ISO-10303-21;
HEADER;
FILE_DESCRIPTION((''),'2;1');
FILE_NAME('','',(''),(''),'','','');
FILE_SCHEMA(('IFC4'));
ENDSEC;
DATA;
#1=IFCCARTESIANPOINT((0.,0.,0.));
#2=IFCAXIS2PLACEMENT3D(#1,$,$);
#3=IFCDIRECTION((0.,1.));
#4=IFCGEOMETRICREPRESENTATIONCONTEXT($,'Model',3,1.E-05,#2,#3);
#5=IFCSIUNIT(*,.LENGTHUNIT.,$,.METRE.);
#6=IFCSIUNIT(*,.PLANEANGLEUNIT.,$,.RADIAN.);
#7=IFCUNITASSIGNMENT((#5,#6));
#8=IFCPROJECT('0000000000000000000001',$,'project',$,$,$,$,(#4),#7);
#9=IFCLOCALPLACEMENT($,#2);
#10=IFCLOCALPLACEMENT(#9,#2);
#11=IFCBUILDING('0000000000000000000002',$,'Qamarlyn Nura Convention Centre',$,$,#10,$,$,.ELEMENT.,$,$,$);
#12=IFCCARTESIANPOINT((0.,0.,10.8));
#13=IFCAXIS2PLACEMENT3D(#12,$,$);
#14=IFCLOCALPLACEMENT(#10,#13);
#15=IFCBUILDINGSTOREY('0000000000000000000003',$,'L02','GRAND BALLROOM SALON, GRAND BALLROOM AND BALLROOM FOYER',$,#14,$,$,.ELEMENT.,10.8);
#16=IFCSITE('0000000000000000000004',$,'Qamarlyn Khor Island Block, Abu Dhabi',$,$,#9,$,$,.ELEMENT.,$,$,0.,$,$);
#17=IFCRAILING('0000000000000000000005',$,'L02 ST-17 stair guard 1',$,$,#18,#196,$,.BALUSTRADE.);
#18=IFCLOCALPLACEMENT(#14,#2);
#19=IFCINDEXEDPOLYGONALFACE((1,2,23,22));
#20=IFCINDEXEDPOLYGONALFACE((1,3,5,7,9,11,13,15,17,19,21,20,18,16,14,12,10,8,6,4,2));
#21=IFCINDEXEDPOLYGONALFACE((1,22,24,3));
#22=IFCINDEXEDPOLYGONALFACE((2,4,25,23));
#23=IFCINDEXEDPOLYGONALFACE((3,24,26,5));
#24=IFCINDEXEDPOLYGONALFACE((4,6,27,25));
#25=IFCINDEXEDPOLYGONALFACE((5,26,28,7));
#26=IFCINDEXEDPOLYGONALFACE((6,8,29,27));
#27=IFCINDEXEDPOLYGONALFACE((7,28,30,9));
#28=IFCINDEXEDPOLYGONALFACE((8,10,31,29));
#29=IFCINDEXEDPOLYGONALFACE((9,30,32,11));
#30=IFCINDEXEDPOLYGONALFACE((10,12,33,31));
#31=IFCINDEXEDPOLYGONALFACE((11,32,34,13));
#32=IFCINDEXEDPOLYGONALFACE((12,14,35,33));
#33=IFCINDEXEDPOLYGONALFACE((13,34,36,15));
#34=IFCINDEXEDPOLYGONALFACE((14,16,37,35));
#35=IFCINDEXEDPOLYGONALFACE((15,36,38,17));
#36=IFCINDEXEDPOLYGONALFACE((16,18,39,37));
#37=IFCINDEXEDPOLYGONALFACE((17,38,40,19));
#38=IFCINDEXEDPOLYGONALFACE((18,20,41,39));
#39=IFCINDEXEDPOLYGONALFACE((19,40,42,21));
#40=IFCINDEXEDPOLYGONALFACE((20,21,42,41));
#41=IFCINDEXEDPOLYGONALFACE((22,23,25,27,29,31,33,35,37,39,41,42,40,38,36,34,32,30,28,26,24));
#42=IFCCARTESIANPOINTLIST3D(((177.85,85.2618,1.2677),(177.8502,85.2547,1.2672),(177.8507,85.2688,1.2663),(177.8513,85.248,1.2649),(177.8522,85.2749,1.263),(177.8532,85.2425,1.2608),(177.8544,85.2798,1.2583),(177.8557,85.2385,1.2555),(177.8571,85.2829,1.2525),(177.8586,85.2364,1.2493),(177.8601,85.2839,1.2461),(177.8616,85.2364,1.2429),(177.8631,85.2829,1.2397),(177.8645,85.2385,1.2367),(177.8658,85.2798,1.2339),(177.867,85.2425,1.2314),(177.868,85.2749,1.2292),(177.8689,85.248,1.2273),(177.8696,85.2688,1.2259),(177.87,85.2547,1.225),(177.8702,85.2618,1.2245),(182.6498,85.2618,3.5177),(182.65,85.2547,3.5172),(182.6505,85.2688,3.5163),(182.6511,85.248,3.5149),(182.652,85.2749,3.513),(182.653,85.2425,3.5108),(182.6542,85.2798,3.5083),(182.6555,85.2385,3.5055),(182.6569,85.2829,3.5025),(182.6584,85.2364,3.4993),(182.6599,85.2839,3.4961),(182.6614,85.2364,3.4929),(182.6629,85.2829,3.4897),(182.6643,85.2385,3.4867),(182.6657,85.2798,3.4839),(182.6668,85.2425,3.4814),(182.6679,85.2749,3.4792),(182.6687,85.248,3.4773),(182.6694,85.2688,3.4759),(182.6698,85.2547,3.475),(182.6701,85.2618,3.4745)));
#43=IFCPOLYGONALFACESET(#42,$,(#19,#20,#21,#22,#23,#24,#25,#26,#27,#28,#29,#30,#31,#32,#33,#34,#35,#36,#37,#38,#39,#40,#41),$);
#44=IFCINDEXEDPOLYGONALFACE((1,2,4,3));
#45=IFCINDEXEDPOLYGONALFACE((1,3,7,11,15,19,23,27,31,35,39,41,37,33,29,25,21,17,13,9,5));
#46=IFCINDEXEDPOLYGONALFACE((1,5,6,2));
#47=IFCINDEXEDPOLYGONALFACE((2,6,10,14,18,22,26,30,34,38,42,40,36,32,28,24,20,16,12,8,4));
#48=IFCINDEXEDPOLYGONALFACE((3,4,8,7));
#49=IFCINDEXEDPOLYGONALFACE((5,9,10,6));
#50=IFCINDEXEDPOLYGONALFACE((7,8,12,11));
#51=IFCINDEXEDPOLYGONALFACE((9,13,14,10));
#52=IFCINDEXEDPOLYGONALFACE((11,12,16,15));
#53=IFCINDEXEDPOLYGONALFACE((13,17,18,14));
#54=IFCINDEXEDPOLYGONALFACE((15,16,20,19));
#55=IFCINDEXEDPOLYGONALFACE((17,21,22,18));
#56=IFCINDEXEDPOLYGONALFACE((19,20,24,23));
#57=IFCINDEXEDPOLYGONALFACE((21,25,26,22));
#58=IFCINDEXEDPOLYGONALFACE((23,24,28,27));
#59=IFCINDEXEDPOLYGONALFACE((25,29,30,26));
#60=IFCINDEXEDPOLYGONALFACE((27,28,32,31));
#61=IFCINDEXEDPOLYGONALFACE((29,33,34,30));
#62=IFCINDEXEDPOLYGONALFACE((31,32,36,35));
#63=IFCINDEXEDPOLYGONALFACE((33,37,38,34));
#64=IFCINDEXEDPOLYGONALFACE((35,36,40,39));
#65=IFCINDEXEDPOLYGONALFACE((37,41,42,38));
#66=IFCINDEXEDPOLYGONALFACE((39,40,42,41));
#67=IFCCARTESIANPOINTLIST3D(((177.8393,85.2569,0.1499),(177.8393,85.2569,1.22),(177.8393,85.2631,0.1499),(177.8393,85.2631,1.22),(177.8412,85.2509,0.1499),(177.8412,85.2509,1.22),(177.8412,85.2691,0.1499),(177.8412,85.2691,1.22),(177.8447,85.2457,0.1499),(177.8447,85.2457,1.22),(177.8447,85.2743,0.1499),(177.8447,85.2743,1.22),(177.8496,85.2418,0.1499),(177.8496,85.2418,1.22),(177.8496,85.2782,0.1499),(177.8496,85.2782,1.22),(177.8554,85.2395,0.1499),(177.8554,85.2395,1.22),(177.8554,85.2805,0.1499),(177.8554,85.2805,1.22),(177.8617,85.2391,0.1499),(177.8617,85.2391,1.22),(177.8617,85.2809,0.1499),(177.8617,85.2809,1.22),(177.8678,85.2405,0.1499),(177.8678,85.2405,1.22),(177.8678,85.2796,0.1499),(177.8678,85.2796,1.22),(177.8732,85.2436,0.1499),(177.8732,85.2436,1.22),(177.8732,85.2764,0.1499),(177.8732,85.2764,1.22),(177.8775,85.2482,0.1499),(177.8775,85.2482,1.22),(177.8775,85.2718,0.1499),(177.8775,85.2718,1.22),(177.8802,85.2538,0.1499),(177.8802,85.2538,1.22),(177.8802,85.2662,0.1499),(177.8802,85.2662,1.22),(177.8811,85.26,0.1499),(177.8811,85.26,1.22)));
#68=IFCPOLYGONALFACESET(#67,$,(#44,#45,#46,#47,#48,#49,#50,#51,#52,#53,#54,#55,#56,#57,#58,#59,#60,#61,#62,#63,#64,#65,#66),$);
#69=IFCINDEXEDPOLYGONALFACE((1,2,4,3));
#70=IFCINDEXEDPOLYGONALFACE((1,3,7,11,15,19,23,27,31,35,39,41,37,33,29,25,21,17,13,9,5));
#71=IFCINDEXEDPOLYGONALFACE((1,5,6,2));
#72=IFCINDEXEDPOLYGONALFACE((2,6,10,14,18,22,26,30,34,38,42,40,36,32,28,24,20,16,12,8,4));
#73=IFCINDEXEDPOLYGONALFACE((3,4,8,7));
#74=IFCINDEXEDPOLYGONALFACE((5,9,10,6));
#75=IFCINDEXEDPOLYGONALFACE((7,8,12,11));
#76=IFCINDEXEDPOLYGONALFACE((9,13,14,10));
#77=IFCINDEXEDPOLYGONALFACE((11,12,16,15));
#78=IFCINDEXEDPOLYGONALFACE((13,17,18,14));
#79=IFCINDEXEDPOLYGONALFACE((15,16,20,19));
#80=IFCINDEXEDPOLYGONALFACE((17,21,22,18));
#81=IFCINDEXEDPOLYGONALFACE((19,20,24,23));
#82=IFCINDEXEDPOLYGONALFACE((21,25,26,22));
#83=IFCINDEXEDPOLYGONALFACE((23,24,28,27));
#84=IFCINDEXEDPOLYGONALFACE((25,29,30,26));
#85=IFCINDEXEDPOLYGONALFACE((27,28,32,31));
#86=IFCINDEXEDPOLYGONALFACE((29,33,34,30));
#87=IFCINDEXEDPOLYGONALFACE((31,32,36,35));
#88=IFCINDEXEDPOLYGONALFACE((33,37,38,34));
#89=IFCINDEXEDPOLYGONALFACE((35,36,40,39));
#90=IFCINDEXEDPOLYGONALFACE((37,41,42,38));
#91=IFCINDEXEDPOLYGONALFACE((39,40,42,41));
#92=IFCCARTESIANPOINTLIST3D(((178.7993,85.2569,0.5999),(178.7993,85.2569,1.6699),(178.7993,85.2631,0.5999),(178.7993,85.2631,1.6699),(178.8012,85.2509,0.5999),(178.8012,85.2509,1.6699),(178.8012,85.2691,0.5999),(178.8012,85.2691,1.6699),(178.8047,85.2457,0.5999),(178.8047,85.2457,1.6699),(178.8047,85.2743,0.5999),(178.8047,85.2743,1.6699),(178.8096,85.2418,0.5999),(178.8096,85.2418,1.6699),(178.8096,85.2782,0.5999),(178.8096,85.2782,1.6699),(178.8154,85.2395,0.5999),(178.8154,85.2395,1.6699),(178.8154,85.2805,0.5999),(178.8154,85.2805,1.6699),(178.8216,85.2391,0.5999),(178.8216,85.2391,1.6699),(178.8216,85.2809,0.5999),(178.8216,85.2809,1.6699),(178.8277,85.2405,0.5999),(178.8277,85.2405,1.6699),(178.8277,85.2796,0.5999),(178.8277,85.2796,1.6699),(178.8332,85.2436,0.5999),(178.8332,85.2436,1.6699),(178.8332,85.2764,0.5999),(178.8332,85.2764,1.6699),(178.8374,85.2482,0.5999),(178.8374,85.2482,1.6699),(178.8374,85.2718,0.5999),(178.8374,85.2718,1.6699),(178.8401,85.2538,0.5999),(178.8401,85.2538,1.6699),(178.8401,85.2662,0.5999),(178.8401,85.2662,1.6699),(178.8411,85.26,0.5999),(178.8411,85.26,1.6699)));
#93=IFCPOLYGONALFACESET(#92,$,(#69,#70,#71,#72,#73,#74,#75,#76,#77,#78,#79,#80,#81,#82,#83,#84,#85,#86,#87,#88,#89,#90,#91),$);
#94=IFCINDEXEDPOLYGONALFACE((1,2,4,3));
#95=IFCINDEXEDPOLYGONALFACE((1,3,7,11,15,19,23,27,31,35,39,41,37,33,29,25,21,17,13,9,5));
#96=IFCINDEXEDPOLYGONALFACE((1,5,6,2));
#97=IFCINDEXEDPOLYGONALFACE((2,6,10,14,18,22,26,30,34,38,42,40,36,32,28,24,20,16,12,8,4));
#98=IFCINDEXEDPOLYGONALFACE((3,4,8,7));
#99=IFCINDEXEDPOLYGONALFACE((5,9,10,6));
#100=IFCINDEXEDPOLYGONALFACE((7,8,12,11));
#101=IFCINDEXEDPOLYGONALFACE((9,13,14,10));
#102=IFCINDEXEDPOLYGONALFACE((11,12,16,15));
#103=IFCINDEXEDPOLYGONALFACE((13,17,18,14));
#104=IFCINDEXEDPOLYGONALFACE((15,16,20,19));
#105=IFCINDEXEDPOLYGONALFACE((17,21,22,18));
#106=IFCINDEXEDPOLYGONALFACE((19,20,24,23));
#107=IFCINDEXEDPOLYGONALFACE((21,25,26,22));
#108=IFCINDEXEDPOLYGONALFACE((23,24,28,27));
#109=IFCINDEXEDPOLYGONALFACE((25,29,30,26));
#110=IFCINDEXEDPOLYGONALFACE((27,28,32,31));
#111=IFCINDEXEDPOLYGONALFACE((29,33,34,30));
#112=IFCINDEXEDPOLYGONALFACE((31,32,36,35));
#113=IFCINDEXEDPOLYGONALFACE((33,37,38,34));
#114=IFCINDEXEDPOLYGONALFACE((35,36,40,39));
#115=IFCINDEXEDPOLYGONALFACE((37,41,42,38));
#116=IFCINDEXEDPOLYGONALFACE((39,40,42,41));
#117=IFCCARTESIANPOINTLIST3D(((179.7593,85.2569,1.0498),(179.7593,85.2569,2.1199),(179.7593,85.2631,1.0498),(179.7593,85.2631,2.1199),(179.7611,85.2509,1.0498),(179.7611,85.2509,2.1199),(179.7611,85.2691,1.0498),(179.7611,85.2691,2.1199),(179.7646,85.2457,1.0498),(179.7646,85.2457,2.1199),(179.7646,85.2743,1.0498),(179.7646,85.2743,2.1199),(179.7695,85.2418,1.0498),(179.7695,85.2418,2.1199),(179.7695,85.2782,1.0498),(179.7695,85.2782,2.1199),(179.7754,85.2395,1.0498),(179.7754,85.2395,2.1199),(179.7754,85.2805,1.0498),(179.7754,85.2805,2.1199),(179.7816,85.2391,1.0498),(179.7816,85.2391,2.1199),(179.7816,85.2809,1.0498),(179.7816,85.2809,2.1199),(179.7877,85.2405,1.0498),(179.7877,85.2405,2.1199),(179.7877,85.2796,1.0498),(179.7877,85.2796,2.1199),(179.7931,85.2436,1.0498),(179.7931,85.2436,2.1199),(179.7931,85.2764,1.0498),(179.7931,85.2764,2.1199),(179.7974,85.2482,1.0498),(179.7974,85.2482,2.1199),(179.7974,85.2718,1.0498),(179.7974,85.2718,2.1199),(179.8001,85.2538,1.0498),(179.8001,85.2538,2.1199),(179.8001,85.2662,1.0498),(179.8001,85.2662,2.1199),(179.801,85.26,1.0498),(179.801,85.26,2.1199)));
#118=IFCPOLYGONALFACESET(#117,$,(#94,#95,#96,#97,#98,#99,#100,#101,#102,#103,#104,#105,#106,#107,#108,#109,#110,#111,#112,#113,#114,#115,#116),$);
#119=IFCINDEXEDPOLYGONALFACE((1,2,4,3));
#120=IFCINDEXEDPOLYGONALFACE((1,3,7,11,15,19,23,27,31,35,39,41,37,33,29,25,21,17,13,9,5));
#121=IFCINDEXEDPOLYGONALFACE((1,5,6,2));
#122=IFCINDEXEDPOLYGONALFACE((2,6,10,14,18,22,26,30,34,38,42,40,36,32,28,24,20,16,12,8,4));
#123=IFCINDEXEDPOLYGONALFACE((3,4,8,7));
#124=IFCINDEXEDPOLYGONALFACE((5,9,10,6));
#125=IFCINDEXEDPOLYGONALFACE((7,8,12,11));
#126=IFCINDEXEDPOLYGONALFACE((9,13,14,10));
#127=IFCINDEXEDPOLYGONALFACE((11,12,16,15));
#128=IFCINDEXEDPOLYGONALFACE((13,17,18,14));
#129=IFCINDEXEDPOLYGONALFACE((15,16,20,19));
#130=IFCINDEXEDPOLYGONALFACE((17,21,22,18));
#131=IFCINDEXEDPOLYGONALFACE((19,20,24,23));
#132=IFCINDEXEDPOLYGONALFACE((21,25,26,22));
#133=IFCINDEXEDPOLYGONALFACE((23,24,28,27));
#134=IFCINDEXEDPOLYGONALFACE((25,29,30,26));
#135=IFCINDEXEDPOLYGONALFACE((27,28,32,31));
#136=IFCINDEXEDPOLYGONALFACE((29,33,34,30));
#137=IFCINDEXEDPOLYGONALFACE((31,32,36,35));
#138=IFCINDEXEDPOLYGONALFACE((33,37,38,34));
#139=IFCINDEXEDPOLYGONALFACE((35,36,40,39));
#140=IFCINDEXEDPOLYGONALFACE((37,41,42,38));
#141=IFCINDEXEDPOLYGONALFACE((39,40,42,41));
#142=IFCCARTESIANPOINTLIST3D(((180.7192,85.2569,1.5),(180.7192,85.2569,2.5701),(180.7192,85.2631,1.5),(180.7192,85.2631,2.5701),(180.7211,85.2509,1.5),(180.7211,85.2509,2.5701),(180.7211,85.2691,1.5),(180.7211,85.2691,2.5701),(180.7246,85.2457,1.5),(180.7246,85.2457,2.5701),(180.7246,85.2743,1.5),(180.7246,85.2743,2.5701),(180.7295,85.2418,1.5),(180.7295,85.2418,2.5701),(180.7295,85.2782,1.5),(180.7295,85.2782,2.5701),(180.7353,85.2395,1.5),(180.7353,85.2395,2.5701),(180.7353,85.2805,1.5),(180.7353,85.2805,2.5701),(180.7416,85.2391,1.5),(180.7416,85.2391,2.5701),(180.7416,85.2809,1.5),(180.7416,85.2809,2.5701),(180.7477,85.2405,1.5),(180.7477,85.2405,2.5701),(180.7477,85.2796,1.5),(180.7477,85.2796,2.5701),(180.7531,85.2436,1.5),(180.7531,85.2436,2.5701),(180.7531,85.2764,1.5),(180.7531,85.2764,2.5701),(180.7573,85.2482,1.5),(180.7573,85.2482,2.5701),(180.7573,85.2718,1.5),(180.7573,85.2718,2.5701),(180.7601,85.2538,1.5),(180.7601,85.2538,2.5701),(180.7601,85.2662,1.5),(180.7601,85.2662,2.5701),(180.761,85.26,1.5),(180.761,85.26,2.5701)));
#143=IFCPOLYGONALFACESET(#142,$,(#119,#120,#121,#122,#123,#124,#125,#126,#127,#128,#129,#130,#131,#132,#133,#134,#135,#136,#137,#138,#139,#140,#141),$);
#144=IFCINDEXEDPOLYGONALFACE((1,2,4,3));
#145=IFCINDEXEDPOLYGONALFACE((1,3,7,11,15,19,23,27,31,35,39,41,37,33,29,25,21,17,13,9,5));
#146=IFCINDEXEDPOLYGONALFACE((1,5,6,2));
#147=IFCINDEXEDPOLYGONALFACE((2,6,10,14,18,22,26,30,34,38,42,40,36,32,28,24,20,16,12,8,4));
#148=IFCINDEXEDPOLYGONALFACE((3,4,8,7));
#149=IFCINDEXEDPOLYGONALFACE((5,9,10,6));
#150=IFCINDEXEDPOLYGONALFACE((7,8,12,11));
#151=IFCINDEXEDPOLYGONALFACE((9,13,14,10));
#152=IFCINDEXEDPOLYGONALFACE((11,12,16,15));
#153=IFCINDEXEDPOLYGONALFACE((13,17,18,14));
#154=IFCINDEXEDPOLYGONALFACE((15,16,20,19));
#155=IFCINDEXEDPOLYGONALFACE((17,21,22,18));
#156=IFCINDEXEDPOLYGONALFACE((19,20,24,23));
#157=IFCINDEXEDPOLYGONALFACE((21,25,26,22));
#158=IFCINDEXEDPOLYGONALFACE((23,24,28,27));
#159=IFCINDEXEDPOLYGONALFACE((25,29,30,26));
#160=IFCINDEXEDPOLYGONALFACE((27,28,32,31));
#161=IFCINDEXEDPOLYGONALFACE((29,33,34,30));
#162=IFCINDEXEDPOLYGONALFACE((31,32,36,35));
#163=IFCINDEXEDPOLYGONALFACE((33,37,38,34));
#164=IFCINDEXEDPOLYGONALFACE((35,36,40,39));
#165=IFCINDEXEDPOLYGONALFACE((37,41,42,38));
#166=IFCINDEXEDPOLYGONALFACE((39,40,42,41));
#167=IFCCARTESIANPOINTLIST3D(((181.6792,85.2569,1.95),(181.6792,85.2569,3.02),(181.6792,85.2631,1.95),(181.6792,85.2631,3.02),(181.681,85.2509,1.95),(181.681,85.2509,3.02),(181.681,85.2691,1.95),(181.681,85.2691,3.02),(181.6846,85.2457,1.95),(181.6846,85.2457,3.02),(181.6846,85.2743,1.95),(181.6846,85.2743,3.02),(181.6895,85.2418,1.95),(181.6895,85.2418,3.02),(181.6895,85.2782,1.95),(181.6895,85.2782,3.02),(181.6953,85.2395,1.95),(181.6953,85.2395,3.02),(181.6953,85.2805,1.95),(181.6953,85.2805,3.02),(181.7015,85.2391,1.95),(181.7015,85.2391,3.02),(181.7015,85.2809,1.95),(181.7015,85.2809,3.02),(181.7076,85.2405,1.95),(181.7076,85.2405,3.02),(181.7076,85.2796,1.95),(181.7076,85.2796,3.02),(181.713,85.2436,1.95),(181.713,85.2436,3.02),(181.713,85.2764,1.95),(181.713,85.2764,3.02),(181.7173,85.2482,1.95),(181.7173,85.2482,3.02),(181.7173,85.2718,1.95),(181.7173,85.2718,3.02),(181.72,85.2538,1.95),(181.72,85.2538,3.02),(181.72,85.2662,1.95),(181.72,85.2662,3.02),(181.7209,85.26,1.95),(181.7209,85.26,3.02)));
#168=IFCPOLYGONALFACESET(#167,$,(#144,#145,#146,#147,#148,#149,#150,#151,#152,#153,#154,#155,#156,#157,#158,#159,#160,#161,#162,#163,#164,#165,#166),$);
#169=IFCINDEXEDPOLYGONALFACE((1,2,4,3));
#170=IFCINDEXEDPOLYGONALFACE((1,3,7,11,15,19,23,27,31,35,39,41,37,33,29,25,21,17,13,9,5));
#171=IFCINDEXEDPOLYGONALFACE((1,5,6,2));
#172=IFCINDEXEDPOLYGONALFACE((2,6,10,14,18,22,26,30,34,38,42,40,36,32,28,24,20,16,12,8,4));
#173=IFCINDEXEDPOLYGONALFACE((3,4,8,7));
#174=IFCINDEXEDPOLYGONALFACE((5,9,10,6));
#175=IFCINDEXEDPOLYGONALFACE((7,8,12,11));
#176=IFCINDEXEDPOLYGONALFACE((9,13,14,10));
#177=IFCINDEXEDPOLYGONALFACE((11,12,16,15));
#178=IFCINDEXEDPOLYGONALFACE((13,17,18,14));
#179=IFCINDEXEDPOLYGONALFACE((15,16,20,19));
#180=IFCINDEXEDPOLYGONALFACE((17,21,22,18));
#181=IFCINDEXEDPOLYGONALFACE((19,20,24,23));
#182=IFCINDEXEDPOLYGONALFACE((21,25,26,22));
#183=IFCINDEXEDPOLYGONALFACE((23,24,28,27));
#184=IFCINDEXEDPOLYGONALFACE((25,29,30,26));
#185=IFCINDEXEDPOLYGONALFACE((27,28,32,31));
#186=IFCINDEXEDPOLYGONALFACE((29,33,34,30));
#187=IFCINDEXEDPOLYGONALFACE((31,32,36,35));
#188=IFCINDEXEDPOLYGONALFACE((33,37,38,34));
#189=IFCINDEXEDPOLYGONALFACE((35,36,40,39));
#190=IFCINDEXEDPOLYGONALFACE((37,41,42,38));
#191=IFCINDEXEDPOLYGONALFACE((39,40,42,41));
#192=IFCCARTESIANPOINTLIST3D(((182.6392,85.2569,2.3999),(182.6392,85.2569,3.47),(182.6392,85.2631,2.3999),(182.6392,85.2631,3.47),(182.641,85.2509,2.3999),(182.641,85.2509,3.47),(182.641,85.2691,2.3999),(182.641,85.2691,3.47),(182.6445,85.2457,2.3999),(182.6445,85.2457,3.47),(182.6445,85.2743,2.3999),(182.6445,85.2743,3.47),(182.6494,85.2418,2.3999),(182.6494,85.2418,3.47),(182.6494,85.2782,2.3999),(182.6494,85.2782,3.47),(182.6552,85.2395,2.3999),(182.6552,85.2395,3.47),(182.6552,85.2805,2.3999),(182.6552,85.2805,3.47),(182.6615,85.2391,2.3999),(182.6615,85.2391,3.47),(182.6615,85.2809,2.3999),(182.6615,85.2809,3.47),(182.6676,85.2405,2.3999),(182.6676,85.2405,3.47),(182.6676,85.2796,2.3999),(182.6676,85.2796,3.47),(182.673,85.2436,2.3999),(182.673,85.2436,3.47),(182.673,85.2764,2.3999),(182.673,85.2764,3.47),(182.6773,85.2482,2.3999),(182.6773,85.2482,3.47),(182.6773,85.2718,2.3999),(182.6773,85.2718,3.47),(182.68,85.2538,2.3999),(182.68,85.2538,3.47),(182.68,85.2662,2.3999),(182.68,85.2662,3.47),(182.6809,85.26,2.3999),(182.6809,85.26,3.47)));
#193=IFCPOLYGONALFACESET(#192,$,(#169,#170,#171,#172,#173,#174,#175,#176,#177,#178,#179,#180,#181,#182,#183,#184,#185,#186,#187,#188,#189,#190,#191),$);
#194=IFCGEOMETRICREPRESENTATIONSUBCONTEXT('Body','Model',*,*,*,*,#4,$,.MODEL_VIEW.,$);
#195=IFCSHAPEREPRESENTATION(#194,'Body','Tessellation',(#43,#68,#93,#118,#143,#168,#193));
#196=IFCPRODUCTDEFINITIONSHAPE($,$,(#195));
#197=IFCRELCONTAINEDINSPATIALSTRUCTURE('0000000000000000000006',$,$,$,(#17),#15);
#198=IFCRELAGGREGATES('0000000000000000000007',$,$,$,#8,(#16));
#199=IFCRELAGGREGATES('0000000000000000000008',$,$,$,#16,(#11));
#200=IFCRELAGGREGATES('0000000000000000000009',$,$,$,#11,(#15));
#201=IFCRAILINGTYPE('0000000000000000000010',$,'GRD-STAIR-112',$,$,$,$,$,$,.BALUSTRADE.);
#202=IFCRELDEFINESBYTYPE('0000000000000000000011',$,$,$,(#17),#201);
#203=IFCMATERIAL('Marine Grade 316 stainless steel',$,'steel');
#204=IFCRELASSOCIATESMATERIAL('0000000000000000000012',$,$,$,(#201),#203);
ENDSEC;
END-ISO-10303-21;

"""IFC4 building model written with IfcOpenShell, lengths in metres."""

from ifc_helpers import new_model, si_unit, direction, frame, origin, origin_2d, place, context, subcontext, project, spatial, circle, extrude, material, type_object, element, save


model = new_model("IFC4")

# Units and contexts
model_context = context("Model", 3, precision=1e-05, world=origin(), true_north=direction((0.0, 1.0)))
body_context = subcontext(model_context, "Body", "Model", "MODEL_VIEW")
ifc_project = project(units=[si_unit("LENGTHUNIT", "METRE"), si_unit("PLANEANGLEUNIT", "RADIAN")], contexts=[model_context])

# Site, building, storey
site_placement = place(None, origin())
site = spatial("IfcSite", under=ifc_project, at=site_placement, Name="Qamarlyn Khor Island Block, Abu Dhabi", CompositionType="ELEMENT", RefElevation=0.0)
building_placement = place(site_placement, origin())
building = spatial("IfcBuilding", under=site, at=building_placement, Name="Qamarlyn Nura Convention Centre", CompositionType="ELEMENT")
storey_placement = place(building_placement, frame((0.0, 0.0, 10.8)))
storey = spatial("IfcBuildingStorey", under=building, at=storey_placement, Name="L02", Description="GRAND BALLROOM SALON, GRAND BALLROOM AND BALLROOM FOYER", CompositionType="ELEMENT", Elevation=10.8)

# Railing
ifc_material_1 = material(Name="Marine Grade 316 stainless steel", Category="steel")
railing_type_1 = type_object("IfcRailingType", Name="GRD-STAIR-112", PredefinedType="BALUSTRADE", material=ifc_material_1)
railing_1_placement = place(storey_placement, frame((177.8601, 85.26, 0.1499)))
element("IfcRailing", 1, at=railing_1_placement, inside=storey, type_object=railing_type_1, Name="L02 ST-17 stair guard 1", PredefinedType="BALUSTRADE", context=body_context, shape_type="SweptSolid", body=[
    extrude(circle(Radius=0.0239, at=origin_2d()), frame((0.0, 0.0, 1.0962), z_axis=(0.905452, 0.0, 0.424448), x_axis=(0.0, 1.0, 0.0)), (0.0, 0.0, 1.0), 5.301),
    extrude(circle(Radius=0.021, at=origin_2d()), origin(), (0.0, 0.0, 1.0), 1.0701),
    extrude(circle(Radius=0.021, at=origin_2d()), frame((0.96, 0.0, 0.45)), (0.0, 0.0, 1.0), 1.0701),
    extrude(circle(Radius=0.021, at=origin_2d()), frame((1.9199, 0.0, 0.8999)), (0.0, 0.0, 1.0), 1.0701),
    extrude(circle(Radius=0.021, at=origin_2d()), frame((2.8799, 0.0, 1.3501)), (0.0, 0.0, 1.0), 1.0701),
    extrude(circle(Radius=0.021, at=origin_2d()), frame((3.8398, 0.0, 1.8)), (0.0, 0.0, 1.0), 1.0701),
    extrude(circle(Radius=0.021, at=origin_2d()), frame((4.7998, 0.0, 2.25)), (0.0, 0.0, 1.0), 1.0701),
])

save(model, "model.ifc")
